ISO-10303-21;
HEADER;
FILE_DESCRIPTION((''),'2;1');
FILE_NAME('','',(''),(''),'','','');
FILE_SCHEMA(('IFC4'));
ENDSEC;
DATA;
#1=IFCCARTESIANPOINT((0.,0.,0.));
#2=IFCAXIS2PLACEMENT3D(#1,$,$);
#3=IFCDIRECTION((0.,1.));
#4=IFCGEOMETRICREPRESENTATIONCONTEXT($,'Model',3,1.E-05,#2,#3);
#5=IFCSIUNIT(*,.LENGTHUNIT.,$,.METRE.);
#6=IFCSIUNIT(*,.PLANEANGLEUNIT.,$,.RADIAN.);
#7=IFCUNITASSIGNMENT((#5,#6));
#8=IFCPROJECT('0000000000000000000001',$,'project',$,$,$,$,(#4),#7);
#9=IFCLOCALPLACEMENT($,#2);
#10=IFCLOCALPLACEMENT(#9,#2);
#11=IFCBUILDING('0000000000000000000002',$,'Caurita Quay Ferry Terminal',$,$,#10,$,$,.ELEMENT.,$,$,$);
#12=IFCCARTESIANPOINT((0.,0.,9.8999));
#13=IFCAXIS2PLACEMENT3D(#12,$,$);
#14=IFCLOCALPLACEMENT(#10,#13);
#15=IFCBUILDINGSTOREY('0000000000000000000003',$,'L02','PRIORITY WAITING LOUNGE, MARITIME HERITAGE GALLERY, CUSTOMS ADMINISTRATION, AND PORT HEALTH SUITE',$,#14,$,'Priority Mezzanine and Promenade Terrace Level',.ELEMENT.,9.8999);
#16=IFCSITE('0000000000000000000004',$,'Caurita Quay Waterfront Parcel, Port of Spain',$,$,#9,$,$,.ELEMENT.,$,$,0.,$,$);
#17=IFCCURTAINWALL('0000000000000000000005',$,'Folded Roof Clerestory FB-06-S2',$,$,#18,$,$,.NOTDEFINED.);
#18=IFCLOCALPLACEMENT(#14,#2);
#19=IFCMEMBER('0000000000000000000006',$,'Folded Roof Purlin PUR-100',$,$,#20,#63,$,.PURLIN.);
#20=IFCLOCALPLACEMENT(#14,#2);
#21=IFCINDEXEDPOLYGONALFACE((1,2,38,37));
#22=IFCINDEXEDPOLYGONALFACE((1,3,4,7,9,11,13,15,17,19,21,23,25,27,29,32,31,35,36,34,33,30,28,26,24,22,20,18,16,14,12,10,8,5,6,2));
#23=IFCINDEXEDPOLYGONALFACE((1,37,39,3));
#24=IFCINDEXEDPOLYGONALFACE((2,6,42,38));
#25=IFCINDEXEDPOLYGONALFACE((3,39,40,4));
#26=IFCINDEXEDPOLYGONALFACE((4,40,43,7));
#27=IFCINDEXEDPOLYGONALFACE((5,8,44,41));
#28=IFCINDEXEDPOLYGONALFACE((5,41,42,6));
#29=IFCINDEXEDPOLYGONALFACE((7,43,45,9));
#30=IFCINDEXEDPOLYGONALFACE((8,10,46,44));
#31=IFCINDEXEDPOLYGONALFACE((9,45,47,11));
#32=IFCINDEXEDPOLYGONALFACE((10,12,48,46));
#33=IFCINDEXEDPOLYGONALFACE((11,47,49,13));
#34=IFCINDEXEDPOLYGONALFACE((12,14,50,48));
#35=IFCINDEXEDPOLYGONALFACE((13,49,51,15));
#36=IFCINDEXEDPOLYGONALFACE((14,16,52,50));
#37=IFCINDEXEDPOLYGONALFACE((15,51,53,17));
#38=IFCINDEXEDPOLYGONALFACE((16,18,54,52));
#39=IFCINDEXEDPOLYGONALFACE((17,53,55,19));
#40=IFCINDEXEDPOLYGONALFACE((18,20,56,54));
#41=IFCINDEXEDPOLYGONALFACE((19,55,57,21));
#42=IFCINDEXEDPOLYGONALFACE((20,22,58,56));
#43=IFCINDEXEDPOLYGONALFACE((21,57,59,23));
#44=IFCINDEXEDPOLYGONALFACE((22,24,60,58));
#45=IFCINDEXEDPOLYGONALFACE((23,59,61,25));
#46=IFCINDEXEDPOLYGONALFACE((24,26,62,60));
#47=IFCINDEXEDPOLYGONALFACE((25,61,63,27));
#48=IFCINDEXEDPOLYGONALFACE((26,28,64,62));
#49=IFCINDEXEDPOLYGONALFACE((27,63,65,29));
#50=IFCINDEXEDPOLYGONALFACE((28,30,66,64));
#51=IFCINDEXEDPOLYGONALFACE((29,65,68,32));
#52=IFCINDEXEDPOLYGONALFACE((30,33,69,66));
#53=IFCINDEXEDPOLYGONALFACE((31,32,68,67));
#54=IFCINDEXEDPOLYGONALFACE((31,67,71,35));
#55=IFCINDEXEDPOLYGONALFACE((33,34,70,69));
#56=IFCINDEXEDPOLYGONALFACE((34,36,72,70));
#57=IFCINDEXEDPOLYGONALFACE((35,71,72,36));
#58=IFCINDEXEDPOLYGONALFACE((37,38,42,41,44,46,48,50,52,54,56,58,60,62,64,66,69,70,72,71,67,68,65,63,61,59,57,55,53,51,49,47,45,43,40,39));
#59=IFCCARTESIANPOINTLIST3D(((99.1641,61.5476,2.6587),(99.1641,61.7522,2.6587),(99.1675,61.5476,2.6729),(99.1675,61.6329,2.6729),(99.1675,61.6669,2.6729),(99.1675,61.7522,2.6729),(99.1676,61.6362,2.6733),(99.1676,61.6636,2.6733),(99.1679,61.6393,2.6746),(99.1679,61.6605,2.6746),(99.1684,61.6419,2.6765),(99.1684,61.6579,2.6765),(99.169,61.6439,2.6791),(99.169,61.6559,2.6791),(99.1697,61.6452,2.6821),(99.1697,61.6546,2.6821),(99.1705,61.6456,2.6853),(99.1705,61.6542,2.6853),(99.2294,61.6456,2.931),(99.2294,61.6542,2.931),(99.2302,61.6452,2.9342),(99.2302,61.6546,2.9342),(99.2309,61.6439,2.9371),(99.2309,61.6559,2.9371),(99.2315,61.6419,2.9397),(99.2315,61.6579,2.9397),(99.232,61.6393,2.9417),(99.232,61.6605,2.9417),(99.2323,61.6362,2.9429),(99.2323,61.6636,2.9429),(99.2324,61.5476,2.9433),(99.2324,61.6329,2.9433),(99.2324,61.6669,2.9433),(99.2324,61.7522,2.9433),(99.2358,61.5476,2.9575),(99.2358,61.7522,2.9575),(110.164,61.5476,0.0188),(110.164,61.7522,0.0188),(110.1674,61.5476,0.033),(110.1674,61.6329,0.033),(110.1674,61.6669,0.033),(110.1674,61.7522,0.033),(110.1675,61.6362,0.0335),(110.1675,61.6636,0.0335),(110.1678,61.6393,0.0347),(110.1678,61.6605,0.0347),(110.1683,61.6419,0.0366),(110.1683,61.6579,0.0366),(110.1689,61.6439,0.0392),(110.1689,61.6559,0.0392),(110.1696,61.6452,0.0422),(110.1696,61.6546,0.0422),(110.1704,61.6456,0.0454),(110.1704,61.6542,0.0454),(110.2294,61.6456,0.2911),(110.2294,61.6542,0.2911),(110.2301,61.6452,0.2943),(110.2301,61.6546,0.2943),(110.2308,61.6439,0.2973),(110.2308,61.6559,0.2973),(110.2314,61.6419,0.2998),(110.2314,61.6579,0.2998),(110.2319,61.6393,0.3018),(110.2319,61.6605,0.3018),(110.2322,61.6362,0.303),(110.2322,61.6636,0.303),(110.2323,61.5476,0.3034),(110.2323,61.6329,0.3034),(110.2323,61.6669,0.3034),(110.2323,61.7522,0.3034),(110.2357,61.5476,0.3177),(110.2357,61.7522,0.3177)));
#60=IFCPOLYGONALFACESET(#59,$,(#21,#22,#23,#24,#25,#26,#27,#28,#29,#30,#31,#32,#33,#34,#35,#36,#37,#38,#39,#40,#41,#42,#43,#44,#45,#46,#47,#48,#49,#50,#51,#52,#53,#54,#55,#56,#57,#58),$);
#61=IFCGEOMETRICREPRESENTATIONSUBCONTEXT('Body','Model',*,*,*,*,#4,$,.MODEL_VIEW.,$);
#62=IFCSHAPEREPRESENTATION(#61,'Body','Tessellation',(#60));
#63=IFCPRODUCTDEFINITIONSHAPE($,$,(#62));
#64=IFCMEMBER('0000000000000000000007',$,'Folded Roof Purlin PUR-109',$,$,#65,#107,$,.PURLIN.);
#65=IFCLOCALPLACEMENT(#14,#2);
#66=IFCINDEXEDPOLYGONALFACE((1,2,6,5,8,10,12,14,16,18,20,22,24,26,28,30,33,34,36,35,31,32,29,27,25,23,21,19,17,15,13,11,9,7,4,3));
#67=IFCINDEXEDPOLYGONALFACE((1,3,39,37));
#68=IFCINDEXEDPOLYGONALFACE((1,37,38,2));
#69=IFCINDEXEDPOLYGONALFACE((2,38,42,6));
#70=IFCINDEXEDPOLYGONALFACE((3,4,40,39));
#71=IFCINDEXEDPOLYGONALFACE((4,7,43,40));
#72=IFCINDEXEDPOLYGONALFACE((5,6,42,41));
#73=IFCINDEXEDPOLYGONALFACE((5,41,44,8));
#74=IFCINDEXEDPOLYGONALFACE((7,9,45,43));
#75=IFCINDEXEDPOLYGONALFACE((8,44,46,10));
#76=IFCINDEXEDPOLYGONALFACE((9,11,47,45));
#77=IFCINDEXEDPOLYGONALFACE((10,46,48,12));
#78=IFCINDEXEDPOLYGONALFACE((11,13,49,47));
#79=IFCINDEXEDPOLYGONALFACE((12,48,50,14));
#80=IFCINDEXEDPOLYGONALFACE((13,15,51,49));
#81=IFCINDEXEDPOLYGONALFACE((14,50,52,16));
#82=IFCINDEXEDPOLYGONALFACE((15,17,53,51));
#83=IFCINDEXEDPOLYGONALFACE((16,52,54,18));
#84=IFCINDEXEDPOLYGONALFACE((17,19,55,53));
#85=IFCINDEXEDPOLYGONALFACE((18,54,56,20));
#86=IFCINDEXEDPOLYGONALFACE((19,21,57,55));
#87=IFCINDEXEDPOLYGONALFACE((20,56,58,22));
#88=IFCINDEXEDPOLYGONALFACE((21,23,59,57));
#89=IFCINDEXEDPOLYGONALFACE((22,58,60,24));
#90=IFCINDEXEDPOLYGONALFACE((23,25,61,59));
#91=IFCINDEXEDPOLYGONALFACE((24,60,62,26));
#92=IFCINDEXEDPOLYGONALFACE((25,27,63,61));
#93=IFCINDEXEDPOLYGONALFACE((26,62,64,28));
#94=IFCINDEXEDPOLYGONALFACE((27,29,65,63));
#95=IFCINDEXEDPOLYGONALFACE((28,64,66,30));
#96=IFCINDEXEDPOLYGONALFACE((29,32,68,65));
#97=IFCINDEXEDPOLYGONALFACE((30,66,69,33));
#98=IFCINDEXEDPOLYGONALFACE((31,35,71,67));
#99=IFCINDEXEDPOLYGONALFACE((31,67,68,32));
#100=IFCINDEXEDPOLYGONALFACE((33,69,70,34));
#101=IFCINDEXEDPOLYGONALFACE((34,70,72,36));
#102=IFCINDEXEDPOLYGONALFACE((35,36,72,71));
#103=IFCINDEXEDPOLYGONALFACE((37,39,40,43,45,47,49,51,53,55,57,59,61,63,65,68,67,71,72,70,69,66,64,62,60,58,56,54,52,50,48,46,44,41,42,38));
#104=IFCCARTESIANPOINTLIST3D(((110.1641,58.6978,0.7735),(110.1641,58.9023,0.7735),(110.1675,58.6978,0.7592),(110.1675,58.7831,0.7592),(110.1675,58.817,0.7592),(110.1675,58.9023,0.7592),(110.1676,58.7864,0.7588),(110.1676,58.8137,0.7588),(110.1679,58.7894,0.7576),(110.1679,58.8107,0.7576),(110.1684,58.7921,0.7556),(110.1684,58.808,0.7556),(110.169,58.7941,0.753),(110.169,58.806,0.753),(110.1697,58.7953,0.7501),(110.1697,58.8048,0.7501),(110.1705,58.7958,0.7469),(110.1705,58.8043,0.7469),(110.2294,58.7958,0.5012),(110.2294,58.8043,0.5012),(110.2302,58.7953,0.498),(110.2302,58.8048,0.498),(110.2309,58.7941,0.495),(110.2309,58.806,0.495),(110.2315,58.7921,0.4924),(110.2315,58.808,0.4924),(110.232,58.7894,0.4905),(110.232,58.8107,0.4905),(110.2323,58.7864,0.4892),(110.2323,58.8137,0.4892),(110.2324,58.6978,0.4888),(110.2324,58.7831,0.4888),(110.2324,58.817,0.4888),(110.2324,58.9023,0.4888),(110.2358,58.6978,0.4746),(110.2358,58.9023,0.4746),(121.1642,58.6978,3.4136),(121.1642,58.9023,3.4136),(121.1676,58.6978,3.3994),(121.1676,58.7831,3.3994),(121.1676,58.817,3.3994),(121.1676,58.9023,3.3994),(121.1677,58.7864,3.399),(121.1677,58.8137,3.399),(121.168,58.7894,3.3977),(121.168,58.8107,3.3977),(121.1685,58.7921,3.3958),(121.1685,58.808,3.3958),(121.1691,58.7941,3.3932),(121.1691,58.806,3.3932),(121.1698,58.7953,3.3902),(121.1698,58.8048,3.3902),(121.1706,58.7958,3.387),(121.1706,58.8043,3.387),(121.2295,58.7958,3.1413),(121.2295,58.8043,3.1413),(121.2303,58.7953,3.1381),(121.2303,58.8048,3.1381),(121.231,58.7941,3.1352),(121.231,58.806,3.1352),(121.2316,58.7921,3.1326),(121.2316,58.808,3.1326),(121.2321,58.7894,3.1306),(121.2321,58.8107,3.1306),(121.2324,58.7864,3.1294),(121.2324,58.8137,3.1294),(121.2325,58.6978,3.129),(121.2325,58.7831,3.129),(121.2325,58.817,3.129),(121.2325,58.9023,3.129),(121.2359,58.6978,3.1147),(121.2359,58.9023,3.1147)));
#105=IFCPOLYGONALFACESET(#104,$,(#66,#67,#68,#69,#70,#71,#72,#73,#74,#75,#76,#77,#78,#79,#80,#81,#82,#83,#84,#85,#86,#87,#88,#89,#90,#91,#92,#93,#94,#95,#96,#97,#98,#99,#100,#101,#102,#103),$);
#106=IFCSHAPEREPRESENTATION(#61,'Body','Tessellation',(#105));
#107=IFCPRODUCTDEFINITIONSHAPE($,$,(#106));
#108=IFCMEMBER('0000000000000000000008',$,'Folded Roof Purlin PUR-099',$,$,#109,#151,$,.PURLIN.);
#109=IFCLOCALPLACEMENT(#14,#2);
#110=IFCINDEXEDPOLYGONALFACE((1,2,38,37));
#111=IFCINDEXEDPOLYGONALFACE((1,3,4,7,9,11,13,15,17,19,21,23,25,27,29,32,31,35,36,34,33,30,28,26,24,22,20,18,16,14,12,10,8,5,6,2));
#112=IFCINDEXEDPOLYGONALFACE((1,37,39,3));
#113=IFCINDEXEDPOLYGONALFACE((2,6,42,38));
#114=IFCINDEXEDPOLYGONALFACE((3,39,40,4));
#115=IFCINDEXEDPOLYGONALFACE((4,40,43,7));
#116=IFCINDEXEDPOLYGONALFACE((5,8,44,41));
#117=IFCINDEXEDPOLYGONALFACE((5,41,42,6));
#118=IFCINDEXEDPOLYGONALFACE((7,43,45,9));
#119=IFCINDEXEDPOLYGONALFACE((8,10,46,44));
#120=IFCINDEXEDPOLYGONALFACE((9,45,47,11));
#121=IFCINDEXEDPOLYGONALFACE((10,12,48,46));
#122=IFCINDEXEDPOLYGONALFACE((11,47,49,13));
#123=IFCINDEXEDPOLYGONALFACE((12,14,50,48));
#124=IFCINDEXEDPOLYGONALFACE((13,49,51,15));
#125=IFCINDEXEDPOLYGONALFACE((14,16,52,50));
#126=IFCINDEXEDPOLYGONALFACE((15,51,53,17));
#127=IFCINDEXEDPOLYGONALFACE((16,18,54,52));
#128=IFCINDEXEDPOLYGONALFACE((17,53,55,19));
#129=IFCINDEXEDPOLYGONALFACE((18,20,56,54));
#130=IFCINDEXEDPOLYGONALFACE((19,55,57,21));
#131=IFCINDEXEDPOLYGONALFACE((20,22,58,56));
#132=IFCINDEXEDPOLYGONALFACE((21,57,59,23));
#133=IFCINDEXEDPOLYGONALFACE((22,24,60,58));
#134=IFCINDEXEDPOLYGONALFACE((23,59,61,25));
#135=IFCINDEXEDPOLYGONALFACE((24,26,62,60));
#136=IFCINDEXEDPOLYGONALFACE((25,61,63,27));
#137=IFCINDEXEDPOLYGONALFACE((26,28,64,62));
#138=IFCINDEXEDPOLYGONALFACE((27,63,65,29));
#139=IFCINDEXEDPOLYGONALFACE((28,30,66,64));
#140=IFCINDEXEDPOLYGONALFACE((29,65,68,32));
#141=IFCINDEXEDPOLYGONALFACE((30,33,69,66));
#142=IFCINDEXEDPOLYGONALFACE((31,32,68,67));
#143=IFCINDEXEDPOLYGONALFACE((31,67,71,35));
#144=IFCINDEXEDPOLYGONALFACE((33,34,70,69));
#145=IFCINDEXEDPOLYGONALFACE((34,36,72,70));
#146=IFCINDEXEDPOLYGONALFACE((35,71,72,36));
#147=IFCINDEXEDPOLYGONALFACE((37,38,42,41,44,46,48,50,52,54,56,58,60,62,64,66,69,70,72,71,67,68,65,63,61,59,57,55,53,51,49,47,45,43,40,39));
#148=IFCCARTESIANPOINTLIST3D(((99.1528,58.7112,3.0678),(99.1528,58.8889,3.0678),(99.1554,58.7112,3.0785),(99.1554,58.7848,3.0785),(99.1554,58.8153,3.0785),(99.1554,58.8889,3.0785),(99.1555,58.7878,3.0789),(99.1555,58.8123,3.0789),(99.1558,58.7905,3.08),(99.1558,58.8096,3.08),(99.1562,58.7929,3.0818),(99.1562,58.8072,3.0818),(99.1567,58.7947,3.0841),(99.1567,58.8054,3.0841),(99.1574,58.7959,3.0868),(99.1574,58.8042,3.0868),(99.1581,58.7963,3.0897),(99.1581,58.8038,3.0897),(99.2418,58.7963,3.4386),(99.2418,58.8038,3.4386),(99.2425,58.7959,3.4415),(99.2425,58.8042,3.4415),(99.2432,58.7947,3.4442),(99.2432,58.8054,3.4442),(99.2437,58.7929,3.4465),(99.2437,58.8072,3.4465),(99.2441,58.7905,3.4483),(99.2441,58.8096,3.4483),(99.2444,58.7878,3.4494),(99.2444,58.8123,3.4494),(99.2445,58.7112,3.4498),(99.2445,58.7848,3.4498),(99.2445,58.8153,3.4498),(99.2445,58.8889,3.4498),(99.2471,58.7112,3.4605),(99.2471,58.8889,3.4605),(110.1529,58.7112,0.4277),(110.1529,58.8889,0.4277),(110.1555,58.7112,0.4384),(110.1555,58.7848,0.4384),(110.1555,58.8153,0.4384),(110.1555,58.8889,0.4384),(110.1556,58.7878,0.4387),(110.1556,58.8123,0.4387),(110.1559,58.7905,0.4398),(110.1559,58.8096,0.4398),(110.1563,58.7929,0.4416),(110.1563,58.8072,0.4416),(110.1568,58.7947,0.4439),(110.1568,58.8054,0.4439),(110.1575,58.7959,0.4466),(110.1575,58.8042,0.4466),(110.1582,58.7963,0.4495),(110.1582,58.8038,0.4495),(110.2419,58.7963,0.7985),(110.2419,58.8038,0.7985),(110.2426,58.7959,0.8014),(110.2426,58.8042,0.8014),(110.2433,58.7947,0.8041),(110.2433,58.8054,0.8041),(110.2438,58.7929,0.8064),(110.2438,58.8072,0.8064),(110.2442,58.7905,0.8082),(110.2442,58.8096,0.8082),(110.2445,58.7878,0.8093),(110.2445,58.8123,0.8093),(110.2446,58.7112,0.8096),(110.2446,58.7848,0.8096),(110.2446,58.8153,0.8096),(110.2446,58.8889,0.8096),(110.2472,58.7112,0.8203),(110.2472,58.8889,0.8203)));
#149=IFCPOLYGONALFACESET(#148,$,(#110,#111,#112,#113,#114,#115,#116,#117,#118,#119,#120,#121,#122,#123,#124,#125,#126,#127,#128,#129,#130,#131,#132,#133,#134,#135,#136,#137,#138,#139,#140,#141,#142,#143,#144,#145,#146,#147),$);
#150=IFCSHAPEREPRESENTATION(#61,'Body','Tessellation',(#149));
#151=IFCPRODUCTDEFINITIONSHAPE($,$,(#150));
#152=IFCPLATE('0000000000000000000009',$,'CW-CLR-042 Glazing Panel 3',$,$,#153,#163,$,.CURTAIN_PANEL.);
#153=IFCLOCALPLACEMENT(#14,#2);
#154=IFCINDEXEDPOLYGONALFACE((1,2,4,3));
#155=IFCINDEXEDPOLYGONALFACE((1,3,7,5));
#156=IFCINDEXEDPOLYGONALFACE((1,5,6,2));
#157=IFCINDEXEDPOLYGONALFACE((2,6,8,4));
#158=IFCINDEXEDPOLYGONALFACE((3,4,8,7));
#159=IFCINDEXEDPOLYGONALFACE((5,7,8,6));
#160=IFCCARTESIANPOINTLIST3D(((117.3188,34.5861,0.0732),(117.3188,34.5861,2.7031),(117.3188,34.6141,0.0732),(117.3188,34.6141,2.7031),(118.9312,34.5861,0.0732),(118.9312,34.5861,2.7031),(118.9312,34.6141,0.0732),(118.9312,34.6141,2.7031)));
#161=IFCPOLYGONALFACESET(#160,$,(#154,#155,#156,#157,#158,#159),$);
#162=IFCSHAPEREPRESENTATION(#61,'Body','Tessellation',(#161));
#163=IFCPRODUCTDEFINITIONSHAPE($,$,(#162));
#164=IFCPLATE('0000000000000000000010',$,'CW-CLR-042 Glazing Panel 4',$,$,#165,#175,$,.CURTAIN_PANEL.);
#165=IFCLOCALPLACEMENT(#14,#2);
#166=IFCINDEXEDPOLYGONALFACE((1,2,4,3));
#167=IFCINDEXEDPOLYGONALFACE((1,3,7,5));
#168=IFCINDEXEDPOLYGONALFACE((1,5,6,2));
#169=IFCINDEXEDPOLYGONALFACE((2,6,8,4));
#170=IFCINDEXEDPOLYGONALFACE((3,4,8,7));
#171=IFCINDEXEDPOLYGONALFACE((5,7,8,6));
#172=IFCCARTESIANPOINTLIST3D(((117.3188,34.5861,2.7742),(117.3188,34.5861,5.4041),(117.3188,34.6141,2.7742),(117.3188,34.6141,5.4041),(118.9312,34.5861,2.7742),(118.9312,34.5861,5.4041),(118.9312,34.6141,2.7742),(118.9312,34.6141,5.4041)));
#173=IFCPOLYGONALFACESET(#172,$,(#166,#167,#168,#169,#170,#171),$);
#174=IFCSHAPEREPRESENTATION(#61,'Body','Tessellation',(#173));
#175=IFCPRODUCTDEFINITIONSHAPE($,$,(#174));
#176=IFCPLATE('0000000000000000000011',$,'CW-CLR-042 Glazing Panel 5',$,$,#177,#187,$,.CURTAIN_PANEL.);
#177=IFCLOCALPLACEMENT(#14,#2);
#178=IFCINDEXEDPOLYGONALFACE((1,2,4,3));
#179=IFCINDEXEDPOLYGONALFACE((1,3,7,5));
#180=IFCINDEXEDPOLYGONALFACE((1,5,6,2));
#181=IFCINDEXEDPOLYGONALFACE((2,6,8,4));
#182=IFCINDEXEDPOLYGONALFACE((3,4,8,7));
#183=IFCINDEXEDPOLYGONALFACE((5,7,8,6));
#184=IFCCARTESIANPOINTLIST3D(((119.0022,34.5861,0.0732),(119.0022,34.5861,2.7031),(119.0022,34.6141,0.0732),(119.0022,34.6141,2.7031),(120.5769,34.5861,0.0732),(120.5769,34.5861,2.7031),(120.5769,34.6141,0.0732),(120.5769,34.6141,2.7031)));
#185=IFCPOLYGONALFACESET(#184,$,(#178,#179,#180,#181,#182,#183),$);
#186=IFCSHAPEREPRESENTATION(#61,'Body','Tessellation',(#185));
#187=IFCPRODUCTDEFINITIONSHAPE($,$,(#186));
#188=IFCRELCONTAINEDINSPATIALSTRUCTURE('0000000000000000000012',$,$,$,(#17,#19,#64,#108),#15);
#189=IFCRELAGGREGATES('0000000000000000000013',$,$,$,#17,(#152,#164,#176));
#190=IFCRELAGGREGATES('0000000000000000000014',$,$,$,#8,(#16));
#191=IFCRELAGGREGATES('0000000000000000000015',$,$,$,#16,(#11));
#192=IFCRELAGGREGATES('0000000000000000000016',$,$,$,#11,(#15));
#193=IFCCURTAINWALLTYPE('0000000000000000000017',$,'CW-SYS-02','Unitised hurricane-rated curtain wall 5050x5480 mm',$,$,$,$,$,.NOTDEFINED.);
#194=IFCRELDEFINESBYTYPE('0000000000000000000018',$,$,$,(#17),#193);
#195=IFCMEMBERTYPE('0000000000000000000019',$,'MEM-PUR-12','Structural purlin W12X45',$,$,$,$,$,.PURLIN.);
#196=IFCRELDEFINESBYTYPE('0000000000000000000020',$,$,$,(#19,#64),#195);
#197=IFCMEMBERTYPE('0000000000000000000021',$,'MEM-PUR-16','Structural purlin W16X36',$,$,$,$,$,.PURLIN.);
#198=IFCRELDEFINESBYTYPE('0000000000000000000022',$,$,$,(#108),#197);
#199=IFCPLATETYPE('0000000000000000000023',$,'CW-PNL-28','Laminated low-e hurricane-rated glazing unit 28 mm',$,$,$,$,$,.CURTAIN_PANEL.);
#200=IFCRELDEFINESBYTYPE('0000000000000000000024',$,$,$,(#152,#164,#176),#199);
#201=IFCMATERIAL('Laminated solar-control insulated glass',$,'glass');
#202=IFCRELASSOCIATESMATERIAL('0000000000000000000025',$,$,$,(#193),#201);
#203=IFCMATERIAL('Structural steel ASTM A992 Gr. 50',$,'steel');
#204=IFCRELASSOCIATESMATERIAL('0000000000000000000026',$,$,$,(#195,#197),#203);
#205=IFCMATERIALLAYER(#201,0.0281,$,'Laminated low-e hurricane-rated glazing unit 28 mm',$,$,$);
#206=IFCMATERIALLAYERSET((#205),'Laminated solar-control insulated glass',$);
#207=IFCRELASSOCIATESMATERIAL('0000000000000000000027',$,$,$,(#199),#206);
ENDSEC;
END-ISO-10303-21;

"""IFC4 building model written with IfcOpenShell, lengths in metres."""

from ifc_helpers import new_model, si_unit, direction, frame, origin, origin_2d, place, context, subcontext, project, spatial, rectangle, i_section, extrude, material, layer, layer_set, material_profile, profile_set, type_object, element, aggregate, save


model = new_model("IFC4")

# Units and contexts
model_context = context("Model", 3, precision=1e-05, world=origin(), true_north=direction((0.0, 1.0)))
body_context = subcontext(model_context, "Body", "Model", "MODEL_VIEW")
ifc_project = project(units=[si_unit("LENGTHUNIT", "METRE"), si_unit("PLANEANGLEUNIT", "RADIAN")], contexts=[model_context])

# Site, building, storey
site_placement = place(None, origin())
site = spatial("IfcSite", under=ifc_project, at=site_placement, Name="Caurita Quay Waterfront Parcel, Port of Spain", CompositionType="ELEMENT", RefElevation=0.0)
building_placement = place(site_placement, origin())
building = spatial("IfcBuilding", under=site, at=building_placement, Name="Caurita Quay Ferry Terminal", CompositionType="ELEMENT")
storey_placement = place(building_placement, frame((0.0, 0.0, 9.8999)))
storey = spatial("IfcBuildingStorey", under=building, at=storey_placement, Name="L02", Description="PRIORITY WAITING LOUNGE, MARITIME HERITAGE GALLERY, CUSTOMS ADMINISTRATION, AND PORT HEALTH SUITE", LongName="Priority Mezzanine and Promenade Terrace Level", CompositionType="ELEMENT", Elevation=9.8999)

# Curtain wall
ifc_material_1 = material(Name="Laminated solar-control insulated glass", Category="glass")
curtain_wall_type_1 = type_object("IfcCurtainWallType", Name="CW-SYS-02", Description="Unitised hurricane-rated curtain wall 5050x5480 mm", PredefinedType="NOTDEFINED", material=ifc_material_1)
curtain_wall_1_placement = place(storey_placement, origin())
curtain_wall_1 = element("IfcCurtainWall", 1, at=curtain_wall_1_placement, inside=storey, type_object=curtain_wall_type_1, Name="Folded Roof Clerestory FB-06-S2", PredefinedType="NOTDEFINED")

# Members
ifc_material_2 = material(Name="Structural steel ASTM A992 Gr. 50", Category="steel")
ifc_material_profile_1 = material_profile(ifc_material_2, i_section(OverallWidth=0.2046, OverallDepth=0.3074, WebThickness=0.0085, FlangeThickness=0.0146, FilletRadius=0.0127, at=origin_2d()), Name="W12X45")
ifc_profile_set_1 = profile_set([ifc_material_profile_1], Name="Structural steel ASTM A992 Gr. 50")
member_type_1 = type_object("IfcMemberType", Name="MEM-PUR-12", Description="Structural purlin W12X45", PredefinedType="PURLIN", material=ifc_profile_set_1)
member_1_placement = place(storey_placement, frame((99.2, 61.6499, 2.8081), z_axis=(0.972389, 0.0, -0.233364), x_axis=(0.0, 1.0, 0.0)))
element("IfcMember", 2, at=member_1_placement, inside=storey, type_object=member_type_1, Name="Folded Roof Purlin PUR-100", PredefinedType="PURLIN", context=body_context, shape_type="SweptSolid", body=[
    extrude(i_section(OverallWidth=0.2046, OverallDepth=0.3074, WebThickness=0.0085, FlangeThickness=0.0146, FilletRadius=0.0127, at=origin_2d()), origin(), (0.0, 0.0, 1.0), 11.3123),
])
member_2_placement = place(storey_placement, frame((110.2, 58.8, 0.624), z_axis=(0.972385, 0.0, 0.233384), x_axis=(0.0, 1.0, 0.0)))
element("IfcMember", 3, at=member_2_placement, inside=storey, type_object=member_type_1, Name="Folded Roof Purlin PUR-109", PredefinedType="PURLIN", context=body_context, shape_type="SweptSolid", body=[
    extrude(i_section(OverallWidth=0.2046, OverallDepth=0.3074, WebThickness=0.0085, FlangeThickness=0.0146, FilletRadius=0.0127, at=origin_2d()), origin(), (0.0, 0.0, 1.0), 11.3125),
])
ifc_material_profile_2 = material_profile(ifc_material_2, i_section(OverallWidth=0.1777, OverallDepth=0.4038, WebThickness=0.0076, FlangeThickness=0.011, FilletRadius=0.0115, at=origin_2d()), Name="W16X36")
ifc_profile_set_2 = profile_set([ifc_material_profile_2], Name="Structural steel ASTM A992 Gr. 50")
member_type_2 = type_object("IfcMemberType", Name="MEM-PUR-16", Description="Structural purlin W16X36", PredefinedType="PURLIN", material=ifc_profile_set_2)
member_3_placement = place(storey_placement, frame((99.2, 58.8, 3.2642), z_axis=(0.972385, 0.0, -0.233384), x_axis=(0.0, 1.0, 0.0)))
element("IfcMember", 4, at=member_3_placement, inside=storey, type_object=member_type_2, Name="Folded Roof Purlin PUR-099", PredefinedType="PURLIN", context=body_context, shape_type="SweptSolid", body=[
    extrude(i_section(OverallWidth=0.1777, OverallDepth=0.4038, WebThickness=0.0076, FlangeThickness=0.011, FilletRadius=0.0115, at=origin_2d()), origin(), (0.0, 0.0, 1.0), 11.3125),
])

# Plates
ifc_layer_1 = layer(ifc_material_1, 0.0281, Name="Laminated low-e hurricane-rated glazing unit 28 mm")
ifc_layer_set_1 = layer_set([ifc_layer_1], Name="Laminated solar-control insulated glass")
plate_type_1 = type_object("IfcPlateType", Name="CW-PNL-28", Description="Laminated low-e hurricane-rated glazing unit 28 mm", PredefinedType="CURTAIN_PANEL", material=ifc_layer_set_1)
plate_1_placement = place(storey_placement, frame((118.125, 34.6001, 0.0732), z_axis=(0.0, 0.0, 1.0), x_axis=(1.0, 0.0, 0.0)))
plate_1 = element("IfcPlate", 5, at=plate_1_placement, type_object=plate_type_1, Name="CW-CLR-042 Glazing Panel 3", PredefinedType="CURTAIN_PANEL", context=body_context, shape_type="SweptSolid", body=[
    extrude(rectangle(XDim=1.6123, YDim=0.0281, at=origin_2d()), origin(), (0.0, 0.0, 1.0), 2.6299),
])
plate_2_placement = place(storey_placement, frame((118.125, 34.6001, 2.7742), z_axis=(0.0, 0.0, 1.0), x_axis=(1.0, 0.0, 0.0)))
plate_2 = element("IfcPlate", 6, at=plate_2_placement, type_object=plate_type_1, Name="CW-CLR-042 Glazing Panel 4", PredefinedType="CURTAIN_PANEL", context=body_context, shape_type="SweptSolid", body=[
    extrude(rectangle(XDim=1.6123, YDim=0.0281, at=origin_2d()), origin(), (0.0, 0.0, 1.0), 2.6299),
])
plate_3_placement = place(storey_placement, frame((119.7896, 34.6001, 0.0732), z_axis=(0.0, 0.0, 1.0), x_axis=(1.0, 0.0, 0.0)))
plate_3 = element("IfcPlate", 7, at=plate_3_placement, type_object=plate_type_1, Name="CW-CLR-042 Glazing Panel 5", PredefinedType="CURTAIN_PANEL", context=body_context, shape_type="SweptSolid", body=[
    extrude(rectangle(XDim=1.5747, YDim=0.0281, at=origin_2d()), origin(), (0.0, 0.0, 1.0), 2.6299),
])
aggregate(curtain_wall_1, [plate_1, plate_2, plate_3])

save(model, "model.ifc")
